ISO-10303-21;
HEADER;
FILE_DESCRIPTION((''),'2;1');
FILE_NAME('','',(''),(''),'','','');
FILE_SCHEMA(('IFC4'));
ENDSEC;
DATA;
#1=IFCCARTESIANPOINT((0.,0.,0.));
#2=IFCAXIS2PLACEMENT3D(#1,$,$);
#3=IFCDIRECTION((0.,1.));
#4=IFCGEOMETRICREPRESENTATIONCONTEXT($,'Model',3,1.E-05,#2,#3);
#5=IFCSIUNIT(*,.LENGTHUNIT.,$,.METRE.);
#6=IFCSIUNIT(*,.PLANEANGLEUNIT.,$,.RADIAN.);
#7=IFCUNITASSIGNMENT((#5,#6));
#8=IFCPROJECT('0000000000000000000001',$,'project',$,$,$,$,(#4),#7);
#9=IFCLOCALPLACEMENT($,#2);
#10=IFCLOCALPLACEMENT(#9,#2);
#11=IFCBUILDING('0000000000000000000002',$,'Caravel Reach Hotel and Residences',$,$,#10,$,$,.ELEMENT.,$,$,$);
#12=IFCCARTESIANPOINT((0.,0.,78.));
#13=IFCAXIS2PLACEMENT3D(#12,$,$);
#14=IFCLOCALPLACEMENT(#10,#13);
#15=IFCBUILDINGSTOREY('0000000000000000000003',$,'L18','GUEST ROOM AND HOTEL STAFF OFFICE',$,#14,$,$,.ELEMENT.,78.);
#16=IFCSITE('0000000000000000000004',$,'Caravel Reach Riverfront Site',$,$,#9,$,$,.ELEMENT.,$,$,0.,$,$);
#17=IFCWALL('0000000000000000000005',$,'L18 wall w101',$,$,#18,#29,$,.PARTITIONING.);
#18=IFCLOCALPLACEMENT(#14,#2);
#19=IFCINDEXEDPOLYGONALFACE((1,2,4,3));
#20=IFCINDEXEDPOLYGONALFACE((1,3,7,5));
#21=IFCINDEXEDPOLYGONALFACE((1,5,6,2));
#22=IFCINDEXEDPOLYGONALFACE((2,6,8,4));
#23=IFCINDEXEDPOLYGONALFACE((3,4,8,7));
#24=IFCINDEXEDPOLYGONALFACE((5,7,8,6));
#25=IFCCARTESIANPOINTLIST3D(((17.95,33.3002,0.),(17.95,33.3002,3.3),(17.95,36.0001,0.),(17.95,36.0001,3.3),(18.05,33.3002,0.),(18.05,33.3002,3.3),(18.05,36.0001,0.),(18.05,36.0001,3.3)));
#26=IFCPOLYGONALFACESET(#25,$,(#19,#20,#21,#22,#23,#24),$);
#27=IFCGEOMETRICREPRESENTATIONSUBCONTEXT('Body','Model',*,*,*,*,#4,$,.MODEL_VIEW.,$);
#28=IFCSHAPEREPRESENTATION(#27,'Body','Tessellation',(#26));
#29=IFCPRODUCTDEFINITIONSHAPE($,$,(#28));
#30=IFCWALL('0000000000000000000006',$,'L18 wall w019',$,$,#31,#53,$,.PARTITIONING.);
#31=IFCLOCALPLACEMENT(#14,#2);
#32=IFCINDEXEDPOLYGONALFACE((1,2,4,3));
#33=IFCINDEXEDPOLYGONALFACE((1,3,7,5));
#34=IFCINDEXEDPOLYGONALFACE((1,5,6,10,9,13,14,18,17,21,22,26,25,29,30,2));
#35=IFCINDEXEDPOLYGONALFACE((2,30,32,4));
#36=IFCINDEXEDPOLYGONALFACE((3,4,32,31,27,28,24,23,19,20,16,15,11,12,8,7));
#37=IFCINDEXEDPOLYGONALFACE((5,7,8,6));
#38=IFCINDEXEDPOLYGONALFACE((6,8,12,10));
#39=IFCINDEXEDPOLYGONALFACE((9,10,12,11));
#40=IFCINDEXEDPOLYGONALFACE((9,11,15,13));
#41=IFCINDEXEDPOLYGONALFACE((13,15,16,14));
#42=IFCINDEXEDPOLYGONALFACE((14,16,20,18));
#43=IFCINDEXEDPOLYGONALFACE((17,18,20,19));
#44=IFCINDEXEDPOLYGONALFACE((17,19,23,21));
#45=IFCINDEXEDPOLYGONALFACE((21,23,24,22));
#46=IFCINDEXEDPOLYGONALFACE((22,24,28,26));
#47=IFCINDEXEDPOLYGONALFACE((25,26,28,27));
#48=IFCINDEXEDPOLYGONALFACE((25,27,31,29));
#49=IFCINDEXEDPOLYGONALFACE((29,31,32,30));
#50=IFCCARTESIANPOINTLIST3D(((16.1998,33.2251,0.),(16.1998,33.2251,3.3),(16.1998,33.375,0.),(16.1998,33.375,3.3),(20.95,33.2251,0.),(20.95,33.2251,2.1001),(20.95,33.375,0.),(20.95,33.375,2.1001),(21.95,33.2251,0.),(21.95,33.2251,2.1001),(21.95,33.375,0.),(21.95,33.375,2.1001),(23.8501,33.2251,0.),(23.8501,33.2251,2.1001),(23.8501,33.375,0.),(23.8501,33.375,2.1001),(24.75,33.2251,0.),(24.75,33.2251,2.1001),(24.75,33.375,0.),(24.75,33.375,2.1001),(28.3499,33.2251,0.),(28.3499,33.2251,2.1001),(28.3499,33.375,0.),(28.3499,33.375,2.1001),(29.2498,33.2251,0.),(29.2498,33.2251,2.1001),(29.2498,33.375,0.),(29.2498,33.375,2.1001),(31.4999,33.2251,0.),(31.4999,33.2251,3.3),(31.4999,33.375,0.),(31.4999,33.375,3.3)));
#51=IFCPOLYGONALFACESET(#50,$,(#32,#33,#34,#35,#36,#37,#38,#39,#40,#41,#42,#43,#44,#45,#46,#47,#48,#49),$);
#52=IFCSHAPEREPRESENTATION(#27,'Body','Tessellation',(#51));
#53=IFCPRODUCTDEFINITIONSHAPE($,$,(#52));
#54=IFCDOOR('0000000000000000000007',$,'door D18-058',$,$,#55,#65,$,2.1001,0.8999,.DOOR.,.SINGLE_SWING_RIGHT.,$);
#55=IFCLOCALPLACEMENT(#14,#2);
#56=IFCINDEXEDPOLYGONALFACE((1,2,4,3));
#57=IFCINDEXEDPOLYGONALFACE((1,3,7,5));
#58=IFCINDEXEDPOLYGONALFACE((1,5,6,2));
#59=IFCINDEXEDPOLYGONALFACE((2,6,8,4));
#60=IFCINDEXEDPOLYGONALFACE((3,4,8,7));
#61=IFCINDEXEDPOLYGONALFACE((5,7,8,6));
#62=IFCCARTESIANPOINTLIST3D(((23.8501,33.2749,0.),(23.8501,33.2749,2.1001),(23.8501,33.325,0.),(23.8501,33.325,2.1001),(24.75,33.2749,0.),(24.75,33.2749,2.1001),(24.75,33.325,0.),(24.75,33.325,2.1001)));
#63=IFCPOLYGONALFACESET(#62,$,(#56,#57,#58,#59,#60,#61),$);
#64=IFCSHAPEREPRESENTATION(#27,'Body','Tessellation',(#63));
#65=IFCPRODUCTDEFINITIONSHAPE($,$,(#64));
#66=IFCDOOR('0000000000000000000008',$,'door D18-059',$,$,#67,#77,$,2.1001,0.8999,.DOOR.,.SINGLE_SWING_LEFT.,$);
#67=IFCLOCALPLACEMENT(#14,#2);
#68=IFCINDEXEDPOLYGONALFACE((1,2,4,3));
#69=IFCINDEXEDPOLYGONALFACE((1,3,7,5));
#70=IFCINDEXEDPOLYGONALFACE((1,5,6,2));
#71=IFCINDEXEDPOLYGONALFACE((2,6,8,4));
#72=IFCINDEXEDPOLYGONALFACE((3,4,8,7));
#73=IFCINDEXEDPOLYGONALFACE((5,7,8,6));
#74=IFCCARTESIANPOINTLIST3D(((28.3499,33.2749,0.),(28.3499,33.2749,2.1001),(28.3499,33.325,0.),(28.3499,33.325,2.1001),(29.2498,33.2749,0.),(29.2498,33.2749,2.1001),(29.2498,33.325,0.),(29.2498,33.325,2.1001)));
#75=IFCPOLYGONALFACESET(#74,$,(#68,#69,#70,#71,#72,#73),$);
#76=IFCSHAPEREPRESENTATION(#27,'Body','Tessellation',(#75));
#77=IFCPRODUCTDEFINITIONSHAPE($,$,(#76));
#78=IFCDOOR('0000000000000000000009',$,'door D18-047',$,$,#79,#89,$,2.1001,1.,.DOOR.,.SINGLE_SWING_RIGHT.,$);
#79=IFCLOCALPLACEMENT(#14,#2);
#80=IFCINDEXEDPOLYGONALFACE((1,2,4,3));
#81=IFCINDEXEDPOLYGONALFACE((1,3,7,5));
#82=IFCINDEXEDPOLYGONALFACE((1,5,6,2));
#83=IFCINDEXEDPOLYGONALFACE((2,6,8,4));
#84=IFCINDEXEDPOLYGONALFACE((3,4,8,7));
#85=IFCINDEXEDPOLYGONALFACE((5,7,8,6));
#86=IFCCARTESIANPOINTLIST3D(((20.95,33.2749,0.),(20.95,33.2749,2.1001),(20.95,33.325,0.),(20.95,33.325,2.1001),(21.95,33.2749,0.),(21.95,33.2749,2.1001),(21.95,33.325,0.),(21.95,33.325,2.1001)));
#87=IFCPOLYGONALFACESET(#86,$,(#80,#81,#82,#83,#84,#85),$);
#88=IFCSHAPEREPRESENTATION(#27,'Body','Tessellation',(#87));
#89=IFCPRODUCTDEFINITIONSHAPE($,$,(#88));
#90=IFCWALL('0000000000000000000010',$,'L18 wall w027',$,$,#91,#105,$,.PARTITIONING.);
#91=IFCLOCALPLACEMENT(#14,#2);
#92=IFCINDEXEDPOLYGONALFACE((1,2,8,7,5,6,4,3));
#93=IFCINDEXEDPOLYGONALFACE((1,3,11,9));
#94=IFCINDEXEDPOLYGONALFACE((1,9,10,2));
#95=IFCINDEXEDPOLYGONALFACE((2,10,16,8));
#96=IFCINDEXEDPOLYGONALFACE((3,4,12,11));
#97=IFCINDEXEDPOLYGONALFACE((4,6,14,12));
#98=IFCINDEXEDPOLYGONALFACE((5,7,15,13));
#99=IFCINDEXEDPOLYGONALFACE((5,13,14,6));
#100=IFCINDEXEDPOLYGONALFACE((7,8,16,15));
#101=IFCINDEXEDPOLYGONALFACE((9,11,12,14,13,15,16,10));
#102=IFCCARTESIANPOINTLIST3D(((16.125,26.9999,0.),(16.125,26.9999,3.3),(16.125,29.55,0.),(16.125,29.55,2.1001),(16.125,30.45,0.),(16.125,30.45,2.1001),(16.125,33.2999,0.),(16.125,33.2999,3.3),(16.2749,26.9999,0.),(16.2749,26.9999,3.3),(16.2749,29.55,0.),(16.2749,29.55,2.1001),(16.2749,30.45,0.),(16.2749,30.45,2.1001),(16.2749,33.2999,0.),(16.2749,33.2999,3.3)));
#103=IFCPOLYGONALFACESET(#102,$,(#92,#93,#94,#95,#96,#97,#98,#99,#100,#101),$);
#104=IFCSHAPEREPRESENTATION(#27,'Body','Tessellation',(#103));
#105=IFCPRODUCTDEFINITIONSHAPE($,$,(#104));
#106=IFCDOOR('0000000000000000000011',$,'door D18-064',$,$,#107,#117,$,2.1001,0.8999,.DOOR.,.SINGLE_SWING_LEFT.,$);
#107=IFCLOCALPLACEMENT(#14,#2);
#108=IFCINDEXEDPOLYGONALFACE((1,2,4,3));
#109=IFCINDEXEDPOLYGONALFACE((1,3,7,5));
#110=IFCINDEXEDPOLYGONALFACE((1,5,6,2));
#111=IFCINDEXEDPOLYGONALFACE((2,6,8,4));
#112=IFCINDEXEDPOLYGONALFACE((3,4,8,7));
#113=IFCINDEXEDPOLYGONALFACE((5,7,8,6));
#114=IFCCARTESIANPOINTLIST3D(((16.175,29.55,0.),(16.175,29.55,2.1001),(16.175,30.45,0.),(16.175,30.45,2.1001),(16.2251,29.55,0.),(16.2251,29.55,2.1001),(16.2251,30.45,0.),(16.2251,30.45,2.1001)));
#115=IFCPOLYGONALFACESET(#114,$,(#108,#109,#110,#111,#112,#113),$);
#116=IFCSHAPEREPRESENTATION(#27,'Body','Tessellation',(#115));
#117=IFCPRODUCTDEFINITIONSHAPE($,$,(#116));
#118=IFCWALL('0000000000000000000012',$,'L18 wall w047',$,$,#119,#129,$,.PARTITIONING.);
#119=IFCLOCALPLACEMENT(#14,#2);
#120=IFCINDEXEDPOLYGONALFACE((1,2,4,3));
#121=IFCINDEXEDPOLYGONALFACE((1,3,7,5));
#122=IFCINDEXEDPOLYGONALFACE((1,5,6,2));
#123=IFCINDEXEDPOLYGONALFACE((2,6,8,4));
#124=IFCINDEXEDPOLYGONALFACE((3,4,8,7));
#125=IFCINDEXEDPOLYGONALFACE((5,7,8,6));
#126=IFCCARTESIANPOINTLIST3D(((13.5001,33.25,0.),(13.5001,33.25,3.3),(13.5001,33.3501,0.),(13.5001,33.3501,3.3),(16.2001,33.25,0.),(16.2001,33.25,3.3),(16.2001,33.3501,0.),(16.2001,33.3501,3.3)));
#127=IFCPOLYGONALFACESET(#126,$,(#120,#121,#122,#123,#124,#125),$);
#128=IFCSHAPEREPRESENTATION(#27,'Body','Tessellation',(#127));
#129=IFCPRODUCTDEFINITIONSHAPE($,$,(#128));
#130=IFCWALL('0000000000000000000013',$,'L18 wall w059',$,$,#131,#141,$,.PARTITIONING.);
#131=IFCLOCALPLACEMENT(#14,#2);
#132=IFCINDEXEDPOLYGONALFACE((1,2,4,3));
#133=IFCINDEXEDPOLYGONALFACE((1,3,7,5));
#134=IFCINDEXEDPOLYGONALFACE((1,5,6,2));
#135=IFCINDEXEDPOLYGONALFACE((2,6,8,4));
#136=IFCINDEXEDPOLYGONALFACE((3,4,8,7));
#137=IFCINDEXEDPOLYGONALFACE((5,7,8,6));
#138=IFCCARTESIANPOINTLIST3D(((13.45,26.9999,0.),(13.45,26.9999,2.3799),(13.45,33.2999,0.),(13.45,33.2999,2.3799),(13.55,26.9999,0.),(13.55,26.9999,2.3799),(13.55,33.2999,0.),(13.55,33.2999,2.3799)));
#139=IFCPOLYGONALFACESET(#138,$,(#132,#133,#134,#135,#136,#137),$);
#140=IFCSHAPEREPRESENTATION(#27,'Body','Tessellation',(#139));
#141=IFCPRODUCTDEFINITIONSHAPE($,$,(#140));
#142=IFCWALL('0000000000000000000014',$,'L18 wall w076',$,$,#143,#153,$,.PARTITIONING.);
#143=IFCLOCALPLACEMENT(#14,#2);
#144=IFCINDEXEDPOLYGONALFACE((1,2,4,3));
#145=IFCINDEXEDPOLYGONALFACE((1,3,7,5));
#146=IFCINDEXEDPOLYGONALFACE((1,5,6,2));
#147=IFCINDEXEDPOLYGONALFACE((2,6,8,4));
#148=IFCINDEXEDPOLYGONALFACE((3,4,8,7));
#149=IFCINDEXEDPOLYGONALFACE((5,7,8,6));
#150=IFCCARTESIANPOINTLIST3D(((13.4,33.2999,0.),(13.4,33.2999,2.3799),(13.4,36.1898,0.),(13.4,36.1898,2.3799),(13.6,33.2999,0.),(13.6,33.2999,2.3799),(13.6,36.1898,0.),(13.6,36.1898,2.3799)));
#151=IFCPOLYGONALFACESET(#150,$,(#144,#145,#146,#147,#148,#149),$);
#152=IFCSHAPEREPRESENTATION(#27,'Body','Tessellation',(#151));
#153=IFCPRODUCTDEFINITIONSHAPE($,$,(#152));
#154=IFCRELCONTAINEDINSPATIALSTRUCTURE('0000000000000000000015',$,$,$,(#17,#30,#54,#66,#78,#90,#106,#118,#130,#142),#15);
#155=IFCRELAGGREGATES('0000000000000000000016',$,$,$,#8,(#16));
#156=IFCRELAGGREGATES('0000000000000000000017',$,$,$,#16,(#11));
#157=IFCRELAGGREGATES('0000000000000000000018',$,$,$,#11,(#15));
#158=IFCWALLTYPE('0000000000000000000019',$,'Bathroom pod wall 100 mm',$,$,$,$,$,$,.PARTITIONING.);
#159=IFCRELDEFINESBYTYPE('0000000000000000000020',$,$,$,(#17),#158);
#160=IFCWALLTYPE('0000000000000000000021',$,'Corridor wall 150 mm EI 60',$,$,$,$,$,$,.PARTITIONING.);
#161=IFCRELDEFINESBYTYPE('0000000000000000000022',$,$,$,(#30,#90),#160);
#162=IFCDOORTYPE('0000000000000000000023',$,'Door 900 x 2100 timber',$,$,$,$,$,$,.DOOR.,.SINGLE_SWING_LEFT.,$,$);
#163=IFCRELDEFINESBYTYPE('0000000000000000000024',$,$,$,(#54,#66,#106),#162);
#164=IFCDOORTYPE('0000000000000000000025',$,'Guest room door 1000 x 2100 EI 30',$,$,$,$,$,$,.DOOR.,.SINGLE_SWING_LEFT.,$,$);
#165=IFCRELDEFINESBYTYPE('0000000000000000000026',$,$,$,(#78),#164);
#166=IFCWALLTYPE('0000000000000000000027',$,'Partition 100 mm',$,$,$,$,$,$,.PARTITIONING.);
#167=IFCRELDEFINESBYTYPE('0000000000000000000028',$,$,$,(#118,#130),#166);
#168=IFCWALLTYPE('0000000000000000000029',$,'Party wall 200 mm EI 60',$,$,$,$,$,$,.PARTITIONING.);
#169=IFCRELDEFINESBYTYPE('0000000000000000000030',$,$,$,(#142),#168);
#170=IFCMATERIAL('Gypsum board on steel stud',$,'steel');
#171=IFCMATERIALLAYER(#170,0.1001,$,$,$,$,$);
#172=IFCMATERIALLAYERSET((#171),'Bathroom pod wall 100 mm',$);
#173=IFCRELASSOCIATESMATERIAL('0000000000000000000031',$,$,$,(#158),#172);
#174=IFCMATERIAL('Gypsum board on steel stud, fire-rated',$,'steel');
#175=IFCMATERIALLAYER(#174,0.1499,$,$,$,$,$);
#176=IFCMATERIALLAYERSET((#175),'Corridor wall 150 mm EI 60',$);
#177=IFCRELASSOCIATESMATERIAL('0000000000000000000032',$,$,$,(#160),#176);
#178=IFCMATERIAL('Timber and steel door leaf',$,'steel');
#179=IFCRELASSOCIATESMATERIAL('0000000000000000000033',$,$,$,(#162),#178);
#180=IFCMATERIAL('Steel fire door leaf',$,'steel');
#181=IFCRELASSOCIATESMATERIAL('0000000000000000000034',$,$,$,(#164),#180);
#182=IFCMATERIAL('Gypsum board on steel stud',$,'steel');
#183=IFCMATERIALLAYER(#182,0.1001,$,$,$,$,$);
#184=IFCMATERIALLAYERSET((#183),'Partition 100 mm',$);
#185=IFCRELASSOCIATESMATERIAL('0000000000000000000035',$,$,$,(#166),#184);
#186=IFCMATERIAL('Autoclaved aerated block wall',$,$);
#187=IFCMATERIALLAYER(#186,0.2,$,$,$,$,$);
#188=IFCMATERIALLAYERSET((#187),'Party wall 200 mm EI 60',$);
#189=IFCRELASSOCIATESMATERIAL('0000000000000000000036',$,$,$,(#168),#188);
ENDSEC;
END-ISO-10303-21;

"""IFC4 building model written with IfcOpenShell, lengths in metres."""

from ifc_helpers import new_model, si_unit, direction, frame, frame_2d, origin, place, context, subcontext, project, spatial, rectangle, extrude, material, layer, layer_set, type_object, element, fill, save


model = new_model("IFC4")

# Units and contexts
model_context = context("Model", 3, precision=1e-05, world=origin(), true_north=direction((0.0, 1.0)))
body_context = subcontext(model_context, "Body", "Model", "MODEL_VIEW")
ifc_project = project(units=[si_unit("LENGTHUNIT", "METRE"), si_unit("PLANEANGLEUNIT", "RADIAN")], contexts=[model_context])

# Site, building, storey
site_placement = place(None, origin())
site = spatial("IfcSite", under=ifc_project, at=site_placement, Name="Caravel Reach Riverfront Site", CompositionType="ELEMENT", RefElevation=0.0)
building_placement = place(site_placement, origin())
building = spatial("IfcBuilding", under=site, at=building_placement, Name="Caravel Reach Hotel and Residences", CompositionType="ELEMENT")
storey_placement = place(building_placement, frame((0.0, 0.0, 78.0)))
storey = spatial("IfcBuildingStorey", under=building, at=storey_placement, Name="L18", Description="GUEST ROOM AND HOTEL STAFF OFFICE", CompositionType="ELEMENT", Elevation=78.0)

# Wall
ifc_material_1 = material(Name="Gypsum board on steel stud", Category="steel")
ifc_layer_1 = layer(ifc_material_1, 0.1001)
ifc_layer_set_1 = layer_set([ifc_layer_1], Name="Bathroom pod wall 100 mm")
wall_type_1 = type_object("IfcWallType", Name="Bathroom pod wall 100 mm", PredefinedType="PARTITIONING", material=ifc_layer_set_1)
wall_1_placement = place(storey_placement, frame((18.0, 33.3, 0.0), z_axis=(0.0, 0.0, 1.0), x_axis=(0.0, 1.0, 0.0)))
element("IfcWall", 1, at=wall_1_placement, inside=storey, type_object=wall_type_1, Name="L18 wall w101", PredefinedType="PARTITIONING", context=body_context, shape_type="SweptSolid", body=[
    extrude(rectangle(XDim=2.7, YDim=0.1001, at=frame_2d((1.3501, 0.0))), origin(), (0.0, 0.0, 1.0), 3.3),
])

# Wall, openings, doors
ifc_material_2 = material(Name="Gypsum board on steel stud, fire-rated", Category="steel")
ifc_layer_2 = layer(ifc_material_2, 0.1499)
ifc_layer_set_2 = layer_set([ifc_layer_2], Name="Corridor wall 150 mm EI 60")
wall_type_2 = type_object("IfcWallType", Name="Corridor wall 150 mm EI 60", PredefinedType="PARTITIONING", material=ifc_layer_set_2)
wall_2_placement = place(storey_placement, frame((16.2, 33.3, 0.0), z_axis=(0.0, 0.0, 1.0), x_axis=(1.0, 0.0, 0.0)))
wall_2 = element("IfcWall", 2, at=wall_2_placement, inside=storey, type_object=wall_type_2, Name="L18 wall w019", PredefinedType="PARTITIONING", context=body_context, shape_type="SweptSolid", body=[
    extrude(rectangle(XDim=15.3, YDim=0.1499, at=frame_2d((7.6499, 0.0))), origin(), (0.0, 0.0, 1.0), 3.3),
])
opening_1_placement = place(wall_2_placement, frame((4.75, 0.0, 0.0)))
opening_1 = element("IfcOpeningElement", 3, at=opening_1_placement, cuts=wall_2, PredefinedType="OPENING", context=body_context, shape_type="SweptSolid", body=[
    extrude(rectangle(XDim=1.0, YDim=2.1001, at=frame_2d((0.5, 1.05))), frame((0.0, 0.085, 0.0), z_axis=(0.0, -1.0, 0.0), x_axis=(1.0, 0.0, 0.0)), (0.0, 0.0, 1.0), 0.1699),
])
opening_2_placement = place(wall_2_placement, frame((7.6501, 0.0, 0.0)))
opening_2 = element("IfcOpeningElement", 4, at=opening_2_placement, cuts=wall_2, PredefinedType="OPENING", context=body_context, shape_type="SweptSolid", body=[
    extrude(rectangle(XDim=0.8999, YDim=2.1001, at=frame_2d((0.45, 1.05))), frame((0.0, 0.085, 0.0), z_axis=(0.0, -1.0, 0.0), x_axis=(1.0, 0.0, 0.0)), (0.0, 0.0, 1.0), 0.1699),
])
opening_3_placement = place(wall_2_placement, frame((12.1499, 0.0, 0.0)))
opening_3 = element("IfcOpeningElement", 5, at=opening_3_placement, cuts=wall_2, PredefinedType="OPENING", context=body_context, shape_type="SweptSolid", body=[
    extrude(rectangle(XDim=0.8999, YDim=2.1001, at=frame_2d((0.45, 1.05))), frame((0.0, 0.085, 0.0), z_axis=(0.0, -1.0, 0.0), x_axis=(1.0, 0.0, 0.0)), (0.0, 0.0, 1.0), 0.1699),
])
ifc_material_3 = material(Name="Timber and steel door leaf", Category="steel")
door_type_1 = type_object("IfcDoorType", Name="Door 900 x 2100 timber", OperationType="SINGLE_SWING_LEFT", PredefinedType="DOOR", material=ifc_material_3)
door_1_placement = place(opening_2_placement, origin())
door_1 = element("IfcDoor", 6, at=door_1_placement, inside=storey, type_object=door_type_1, Name="door D18-058", OperationType="SINGLE_SWING_RIGHT", OverallHeight=2.1001, OverallWidth=0.8999, PredefinedType="DOOR", context=body_context, shape_type="SweptSolid", body=[
    extrude(rectangle(XDim=0.8999, YDim=2.1001, at=frame_2d((0.45, 1.05))), frame((0.0, 0.0249, 0.0), z_axis=(0.0, -1.0, 0.0), x_axis=(1.0, 0.0, 0.0)), (0.0, 0.0, 1.0), 0.05),
])
fill(opening_2, door_1)
door_2_placement = place(opening_3_placement, origin())
door_2 = element("IfcDoor", 7, at=door_2_placement, inside=storey, type_object=door_type_1, Name="door D18-059", OperationType="SINGLE_SWING_LEFT", OverallHeight=2.1001, OverallWidth=0.8999, PredefinedType="DOOR", context=body_context, shape_type="SweptSolid", body=[
    extrude(rectangle(XDim=0.8999, YDim=2.1001, at=frame_2d((0.45, 1.05))), frame((0.0, 0.0249, 0.0), z_axis=(0.0, -1.0, 0.0), x_axis=(1.0, 0.0, 0.0)), (0.0, 0.0, 1.0), 0.05),
])
fill(opening_3, door_2)
ifc_material_4 = material(Name="Steel fire door leaf", Category="steel")
door_type_2 = type_object("IfcDoorType", Name="Guest room door 1000 x 2100 EI 30", OperationType="SINGLE_SWING_LEFT", PredefinedType="DOOR", material=ifc_material_4)
door_3_placement = place(opening_1_placement, origin())
door_3 = element("IfcDoor", 8, at=door_3_placement, inside=storey, type_object=door_type_2, Name="door D18-047", OperationType="SINGLE_SWING_RIGHT", OverallHeight=2.1001, OverallWidth=1.0, PredefinedType="DOOR", context=body_context, shape_type="SweptSolid", body=[
    extrude(rectangle(XDim=1.0, YDim=2.1001, at=frame_2d((0.5, 1.05))), frame((0.0, 0.0249, 0.0), z_axis=(0.0, -1.0, 0.0), x_axis=(1.0, 0.0, 0.0)), (0.0, 0.0, 1.0), 0.05),
])
fill(opening_1, door_3)

# Wall, opening, door
wall_3_placement = place(storey_placement, frame((16.2, 27.0, 0.0), z_axis=(0.0, 0.0, 1.0), x_axis=(0.0, 1.0, 0.0)))
wall_3 = element("IfcWall", 9, at=wall_3_placement, inside=storey, type_object=wall_type_2, Name="L18 wall w027", PredefinedType="PARTITIONING", context=body_context, shape_type="SweptSolid", body=[
    extrude(rectangle(XDim=6.3, YDim=0.1499, at=frame_2d((3.1499, 0.0))), origin(), (0.0, 0.0, 1.0), 3.3),
])
opening_4_placement = place(wall_3_placement, frame((2.55, 0.0, 0.0)))
opening_4 = element("IfcOpeningElement", 10, at=opening_4_placement, cuts=wall_3, PredefinedType="OPENING", context=body_context, shape_type="SweptSolid", body=[
    extrude(rectangle(XDim=0.8999, YDim=2.1001, at=frame_2d((0.45, 1.05))), frame((0.0, 0.085, 0.0), z_axis=(0.0, -1.0, 0.0), x_axis=(1.0, 0.0, 0.0)), (0.0, 0.0, 1.0), 0.1699),
])
door_4_placement = place(opening_4_placement, origin())
door_4 = element("IfcDoor", 11, at=door_4_placement, inside=storey, type_object=door_type_1, Name="door D18-064", OperationType="SINGLE_SWING_LEFT", OverallHeight=2.1001, OverallWidth=0.8999, PredefinedType="DOOR", context=body_context, shape_type="SweptSolid", body=[
    extrude(rectangle(XDim=0.8999, YDim=2.1001, at=frame_2d((0.45, 1.05))), frame((0.0, 0.0249, 0.0), z_axis=(0.0, -1.0, 0.0), x_axis=(1.0, 0.0, 0.0)), (0.0, 0.0, 1.0), 0.05),
])
fill(opening_4, door_4)

# Walls
ifc_material_5 = material(Name="Gypsum board on steel stud", Category="steel")
ifc_layer_3 = layer(ifc_material_5, 0.1001)
ifc_layer_set_3 = layer_set([ifc_layer_3], Name="Partition 100 mm")
wall_type_3 = type_object("IfcWallType", Name="Partition 100 mm", PredefinedType="PARTITIONING", material=ifc_layer_set_3)
wall_4_placement = place(storey_placement, frame((13.5, 33.3, 0.0), z_axis=(0.0, 0.0, 1.0), x_axis=(1.0, 0.0, 0.0)))
element("IfcWall", 12, at=wall_4_placement, inside=storey, type_object=wall_type_3, Name="L18 wall w047", PredefinedType="PARTITIONING", context=body_context, shape_type="SweptSolid", body=[
    extrude(rectangle(XDim=2.7, YDim=0.1001, at=frame_2d((1.3501, 0.0))), origin(), (0.0, 0.0, 1.0), 3.3),
])
wall_5_placement = place(storey_placement, frame((13.5, 27.0, 0.0), z_axis=(0.0, 0.0, 1.0), x_axis=(0.0, 1.0, 0.0)))
element("IfcWall", 13, at=wall_5_placement, inside=storey, type_object=wall_type_3, Name="L18 wall w059", PredefinedType="PARTITIONING", context=body_context, shape_type="SweptSolid", body=[
    extrude(rectangle(XDim=6.3, YDim=0.1001, at=frame_2d((3.1499, 0.0))), origin(), (0.0, 0.0, 1.0), 2.3799),
])
ifc_material_6 = material(Name="Autoclaved aerated block wall")
ifc_layer_4 = layer(ifc_material_6, 0.2)
ifc_layer_set_4 = layer_set([ifc_layer_4], Name="Party wall 200 mm EI 60")
wall_type_4 = type_object("IfcWallType", Name="Party wall 200 mm EI 60", PredefinedType="PARTITIONING", material=ifc_layer_set_4)
wall_6_placement = place(storey_placement, frame((13.5, 33.3, 0.0), z_axis=(0.0, 0.0, 1.0), x_axis=(0.0, 1.0, 0.0)))
element("IfcWall", 14, at=wall_6_placement, inside=storey, type_object=wall_type_4, Name="L18 wall w076", PredefinedType="PARTITIONING", context=body_context, shape_type="SweptSolid", body=[
    extrude(rectangle(XDim=2.8899, YDim=0.2, at=frame_2d((1.4448, 0.0))), origin(), (0.0, 0.0, 1.0), 2.3799),
])

save(model, "model.ifc")
